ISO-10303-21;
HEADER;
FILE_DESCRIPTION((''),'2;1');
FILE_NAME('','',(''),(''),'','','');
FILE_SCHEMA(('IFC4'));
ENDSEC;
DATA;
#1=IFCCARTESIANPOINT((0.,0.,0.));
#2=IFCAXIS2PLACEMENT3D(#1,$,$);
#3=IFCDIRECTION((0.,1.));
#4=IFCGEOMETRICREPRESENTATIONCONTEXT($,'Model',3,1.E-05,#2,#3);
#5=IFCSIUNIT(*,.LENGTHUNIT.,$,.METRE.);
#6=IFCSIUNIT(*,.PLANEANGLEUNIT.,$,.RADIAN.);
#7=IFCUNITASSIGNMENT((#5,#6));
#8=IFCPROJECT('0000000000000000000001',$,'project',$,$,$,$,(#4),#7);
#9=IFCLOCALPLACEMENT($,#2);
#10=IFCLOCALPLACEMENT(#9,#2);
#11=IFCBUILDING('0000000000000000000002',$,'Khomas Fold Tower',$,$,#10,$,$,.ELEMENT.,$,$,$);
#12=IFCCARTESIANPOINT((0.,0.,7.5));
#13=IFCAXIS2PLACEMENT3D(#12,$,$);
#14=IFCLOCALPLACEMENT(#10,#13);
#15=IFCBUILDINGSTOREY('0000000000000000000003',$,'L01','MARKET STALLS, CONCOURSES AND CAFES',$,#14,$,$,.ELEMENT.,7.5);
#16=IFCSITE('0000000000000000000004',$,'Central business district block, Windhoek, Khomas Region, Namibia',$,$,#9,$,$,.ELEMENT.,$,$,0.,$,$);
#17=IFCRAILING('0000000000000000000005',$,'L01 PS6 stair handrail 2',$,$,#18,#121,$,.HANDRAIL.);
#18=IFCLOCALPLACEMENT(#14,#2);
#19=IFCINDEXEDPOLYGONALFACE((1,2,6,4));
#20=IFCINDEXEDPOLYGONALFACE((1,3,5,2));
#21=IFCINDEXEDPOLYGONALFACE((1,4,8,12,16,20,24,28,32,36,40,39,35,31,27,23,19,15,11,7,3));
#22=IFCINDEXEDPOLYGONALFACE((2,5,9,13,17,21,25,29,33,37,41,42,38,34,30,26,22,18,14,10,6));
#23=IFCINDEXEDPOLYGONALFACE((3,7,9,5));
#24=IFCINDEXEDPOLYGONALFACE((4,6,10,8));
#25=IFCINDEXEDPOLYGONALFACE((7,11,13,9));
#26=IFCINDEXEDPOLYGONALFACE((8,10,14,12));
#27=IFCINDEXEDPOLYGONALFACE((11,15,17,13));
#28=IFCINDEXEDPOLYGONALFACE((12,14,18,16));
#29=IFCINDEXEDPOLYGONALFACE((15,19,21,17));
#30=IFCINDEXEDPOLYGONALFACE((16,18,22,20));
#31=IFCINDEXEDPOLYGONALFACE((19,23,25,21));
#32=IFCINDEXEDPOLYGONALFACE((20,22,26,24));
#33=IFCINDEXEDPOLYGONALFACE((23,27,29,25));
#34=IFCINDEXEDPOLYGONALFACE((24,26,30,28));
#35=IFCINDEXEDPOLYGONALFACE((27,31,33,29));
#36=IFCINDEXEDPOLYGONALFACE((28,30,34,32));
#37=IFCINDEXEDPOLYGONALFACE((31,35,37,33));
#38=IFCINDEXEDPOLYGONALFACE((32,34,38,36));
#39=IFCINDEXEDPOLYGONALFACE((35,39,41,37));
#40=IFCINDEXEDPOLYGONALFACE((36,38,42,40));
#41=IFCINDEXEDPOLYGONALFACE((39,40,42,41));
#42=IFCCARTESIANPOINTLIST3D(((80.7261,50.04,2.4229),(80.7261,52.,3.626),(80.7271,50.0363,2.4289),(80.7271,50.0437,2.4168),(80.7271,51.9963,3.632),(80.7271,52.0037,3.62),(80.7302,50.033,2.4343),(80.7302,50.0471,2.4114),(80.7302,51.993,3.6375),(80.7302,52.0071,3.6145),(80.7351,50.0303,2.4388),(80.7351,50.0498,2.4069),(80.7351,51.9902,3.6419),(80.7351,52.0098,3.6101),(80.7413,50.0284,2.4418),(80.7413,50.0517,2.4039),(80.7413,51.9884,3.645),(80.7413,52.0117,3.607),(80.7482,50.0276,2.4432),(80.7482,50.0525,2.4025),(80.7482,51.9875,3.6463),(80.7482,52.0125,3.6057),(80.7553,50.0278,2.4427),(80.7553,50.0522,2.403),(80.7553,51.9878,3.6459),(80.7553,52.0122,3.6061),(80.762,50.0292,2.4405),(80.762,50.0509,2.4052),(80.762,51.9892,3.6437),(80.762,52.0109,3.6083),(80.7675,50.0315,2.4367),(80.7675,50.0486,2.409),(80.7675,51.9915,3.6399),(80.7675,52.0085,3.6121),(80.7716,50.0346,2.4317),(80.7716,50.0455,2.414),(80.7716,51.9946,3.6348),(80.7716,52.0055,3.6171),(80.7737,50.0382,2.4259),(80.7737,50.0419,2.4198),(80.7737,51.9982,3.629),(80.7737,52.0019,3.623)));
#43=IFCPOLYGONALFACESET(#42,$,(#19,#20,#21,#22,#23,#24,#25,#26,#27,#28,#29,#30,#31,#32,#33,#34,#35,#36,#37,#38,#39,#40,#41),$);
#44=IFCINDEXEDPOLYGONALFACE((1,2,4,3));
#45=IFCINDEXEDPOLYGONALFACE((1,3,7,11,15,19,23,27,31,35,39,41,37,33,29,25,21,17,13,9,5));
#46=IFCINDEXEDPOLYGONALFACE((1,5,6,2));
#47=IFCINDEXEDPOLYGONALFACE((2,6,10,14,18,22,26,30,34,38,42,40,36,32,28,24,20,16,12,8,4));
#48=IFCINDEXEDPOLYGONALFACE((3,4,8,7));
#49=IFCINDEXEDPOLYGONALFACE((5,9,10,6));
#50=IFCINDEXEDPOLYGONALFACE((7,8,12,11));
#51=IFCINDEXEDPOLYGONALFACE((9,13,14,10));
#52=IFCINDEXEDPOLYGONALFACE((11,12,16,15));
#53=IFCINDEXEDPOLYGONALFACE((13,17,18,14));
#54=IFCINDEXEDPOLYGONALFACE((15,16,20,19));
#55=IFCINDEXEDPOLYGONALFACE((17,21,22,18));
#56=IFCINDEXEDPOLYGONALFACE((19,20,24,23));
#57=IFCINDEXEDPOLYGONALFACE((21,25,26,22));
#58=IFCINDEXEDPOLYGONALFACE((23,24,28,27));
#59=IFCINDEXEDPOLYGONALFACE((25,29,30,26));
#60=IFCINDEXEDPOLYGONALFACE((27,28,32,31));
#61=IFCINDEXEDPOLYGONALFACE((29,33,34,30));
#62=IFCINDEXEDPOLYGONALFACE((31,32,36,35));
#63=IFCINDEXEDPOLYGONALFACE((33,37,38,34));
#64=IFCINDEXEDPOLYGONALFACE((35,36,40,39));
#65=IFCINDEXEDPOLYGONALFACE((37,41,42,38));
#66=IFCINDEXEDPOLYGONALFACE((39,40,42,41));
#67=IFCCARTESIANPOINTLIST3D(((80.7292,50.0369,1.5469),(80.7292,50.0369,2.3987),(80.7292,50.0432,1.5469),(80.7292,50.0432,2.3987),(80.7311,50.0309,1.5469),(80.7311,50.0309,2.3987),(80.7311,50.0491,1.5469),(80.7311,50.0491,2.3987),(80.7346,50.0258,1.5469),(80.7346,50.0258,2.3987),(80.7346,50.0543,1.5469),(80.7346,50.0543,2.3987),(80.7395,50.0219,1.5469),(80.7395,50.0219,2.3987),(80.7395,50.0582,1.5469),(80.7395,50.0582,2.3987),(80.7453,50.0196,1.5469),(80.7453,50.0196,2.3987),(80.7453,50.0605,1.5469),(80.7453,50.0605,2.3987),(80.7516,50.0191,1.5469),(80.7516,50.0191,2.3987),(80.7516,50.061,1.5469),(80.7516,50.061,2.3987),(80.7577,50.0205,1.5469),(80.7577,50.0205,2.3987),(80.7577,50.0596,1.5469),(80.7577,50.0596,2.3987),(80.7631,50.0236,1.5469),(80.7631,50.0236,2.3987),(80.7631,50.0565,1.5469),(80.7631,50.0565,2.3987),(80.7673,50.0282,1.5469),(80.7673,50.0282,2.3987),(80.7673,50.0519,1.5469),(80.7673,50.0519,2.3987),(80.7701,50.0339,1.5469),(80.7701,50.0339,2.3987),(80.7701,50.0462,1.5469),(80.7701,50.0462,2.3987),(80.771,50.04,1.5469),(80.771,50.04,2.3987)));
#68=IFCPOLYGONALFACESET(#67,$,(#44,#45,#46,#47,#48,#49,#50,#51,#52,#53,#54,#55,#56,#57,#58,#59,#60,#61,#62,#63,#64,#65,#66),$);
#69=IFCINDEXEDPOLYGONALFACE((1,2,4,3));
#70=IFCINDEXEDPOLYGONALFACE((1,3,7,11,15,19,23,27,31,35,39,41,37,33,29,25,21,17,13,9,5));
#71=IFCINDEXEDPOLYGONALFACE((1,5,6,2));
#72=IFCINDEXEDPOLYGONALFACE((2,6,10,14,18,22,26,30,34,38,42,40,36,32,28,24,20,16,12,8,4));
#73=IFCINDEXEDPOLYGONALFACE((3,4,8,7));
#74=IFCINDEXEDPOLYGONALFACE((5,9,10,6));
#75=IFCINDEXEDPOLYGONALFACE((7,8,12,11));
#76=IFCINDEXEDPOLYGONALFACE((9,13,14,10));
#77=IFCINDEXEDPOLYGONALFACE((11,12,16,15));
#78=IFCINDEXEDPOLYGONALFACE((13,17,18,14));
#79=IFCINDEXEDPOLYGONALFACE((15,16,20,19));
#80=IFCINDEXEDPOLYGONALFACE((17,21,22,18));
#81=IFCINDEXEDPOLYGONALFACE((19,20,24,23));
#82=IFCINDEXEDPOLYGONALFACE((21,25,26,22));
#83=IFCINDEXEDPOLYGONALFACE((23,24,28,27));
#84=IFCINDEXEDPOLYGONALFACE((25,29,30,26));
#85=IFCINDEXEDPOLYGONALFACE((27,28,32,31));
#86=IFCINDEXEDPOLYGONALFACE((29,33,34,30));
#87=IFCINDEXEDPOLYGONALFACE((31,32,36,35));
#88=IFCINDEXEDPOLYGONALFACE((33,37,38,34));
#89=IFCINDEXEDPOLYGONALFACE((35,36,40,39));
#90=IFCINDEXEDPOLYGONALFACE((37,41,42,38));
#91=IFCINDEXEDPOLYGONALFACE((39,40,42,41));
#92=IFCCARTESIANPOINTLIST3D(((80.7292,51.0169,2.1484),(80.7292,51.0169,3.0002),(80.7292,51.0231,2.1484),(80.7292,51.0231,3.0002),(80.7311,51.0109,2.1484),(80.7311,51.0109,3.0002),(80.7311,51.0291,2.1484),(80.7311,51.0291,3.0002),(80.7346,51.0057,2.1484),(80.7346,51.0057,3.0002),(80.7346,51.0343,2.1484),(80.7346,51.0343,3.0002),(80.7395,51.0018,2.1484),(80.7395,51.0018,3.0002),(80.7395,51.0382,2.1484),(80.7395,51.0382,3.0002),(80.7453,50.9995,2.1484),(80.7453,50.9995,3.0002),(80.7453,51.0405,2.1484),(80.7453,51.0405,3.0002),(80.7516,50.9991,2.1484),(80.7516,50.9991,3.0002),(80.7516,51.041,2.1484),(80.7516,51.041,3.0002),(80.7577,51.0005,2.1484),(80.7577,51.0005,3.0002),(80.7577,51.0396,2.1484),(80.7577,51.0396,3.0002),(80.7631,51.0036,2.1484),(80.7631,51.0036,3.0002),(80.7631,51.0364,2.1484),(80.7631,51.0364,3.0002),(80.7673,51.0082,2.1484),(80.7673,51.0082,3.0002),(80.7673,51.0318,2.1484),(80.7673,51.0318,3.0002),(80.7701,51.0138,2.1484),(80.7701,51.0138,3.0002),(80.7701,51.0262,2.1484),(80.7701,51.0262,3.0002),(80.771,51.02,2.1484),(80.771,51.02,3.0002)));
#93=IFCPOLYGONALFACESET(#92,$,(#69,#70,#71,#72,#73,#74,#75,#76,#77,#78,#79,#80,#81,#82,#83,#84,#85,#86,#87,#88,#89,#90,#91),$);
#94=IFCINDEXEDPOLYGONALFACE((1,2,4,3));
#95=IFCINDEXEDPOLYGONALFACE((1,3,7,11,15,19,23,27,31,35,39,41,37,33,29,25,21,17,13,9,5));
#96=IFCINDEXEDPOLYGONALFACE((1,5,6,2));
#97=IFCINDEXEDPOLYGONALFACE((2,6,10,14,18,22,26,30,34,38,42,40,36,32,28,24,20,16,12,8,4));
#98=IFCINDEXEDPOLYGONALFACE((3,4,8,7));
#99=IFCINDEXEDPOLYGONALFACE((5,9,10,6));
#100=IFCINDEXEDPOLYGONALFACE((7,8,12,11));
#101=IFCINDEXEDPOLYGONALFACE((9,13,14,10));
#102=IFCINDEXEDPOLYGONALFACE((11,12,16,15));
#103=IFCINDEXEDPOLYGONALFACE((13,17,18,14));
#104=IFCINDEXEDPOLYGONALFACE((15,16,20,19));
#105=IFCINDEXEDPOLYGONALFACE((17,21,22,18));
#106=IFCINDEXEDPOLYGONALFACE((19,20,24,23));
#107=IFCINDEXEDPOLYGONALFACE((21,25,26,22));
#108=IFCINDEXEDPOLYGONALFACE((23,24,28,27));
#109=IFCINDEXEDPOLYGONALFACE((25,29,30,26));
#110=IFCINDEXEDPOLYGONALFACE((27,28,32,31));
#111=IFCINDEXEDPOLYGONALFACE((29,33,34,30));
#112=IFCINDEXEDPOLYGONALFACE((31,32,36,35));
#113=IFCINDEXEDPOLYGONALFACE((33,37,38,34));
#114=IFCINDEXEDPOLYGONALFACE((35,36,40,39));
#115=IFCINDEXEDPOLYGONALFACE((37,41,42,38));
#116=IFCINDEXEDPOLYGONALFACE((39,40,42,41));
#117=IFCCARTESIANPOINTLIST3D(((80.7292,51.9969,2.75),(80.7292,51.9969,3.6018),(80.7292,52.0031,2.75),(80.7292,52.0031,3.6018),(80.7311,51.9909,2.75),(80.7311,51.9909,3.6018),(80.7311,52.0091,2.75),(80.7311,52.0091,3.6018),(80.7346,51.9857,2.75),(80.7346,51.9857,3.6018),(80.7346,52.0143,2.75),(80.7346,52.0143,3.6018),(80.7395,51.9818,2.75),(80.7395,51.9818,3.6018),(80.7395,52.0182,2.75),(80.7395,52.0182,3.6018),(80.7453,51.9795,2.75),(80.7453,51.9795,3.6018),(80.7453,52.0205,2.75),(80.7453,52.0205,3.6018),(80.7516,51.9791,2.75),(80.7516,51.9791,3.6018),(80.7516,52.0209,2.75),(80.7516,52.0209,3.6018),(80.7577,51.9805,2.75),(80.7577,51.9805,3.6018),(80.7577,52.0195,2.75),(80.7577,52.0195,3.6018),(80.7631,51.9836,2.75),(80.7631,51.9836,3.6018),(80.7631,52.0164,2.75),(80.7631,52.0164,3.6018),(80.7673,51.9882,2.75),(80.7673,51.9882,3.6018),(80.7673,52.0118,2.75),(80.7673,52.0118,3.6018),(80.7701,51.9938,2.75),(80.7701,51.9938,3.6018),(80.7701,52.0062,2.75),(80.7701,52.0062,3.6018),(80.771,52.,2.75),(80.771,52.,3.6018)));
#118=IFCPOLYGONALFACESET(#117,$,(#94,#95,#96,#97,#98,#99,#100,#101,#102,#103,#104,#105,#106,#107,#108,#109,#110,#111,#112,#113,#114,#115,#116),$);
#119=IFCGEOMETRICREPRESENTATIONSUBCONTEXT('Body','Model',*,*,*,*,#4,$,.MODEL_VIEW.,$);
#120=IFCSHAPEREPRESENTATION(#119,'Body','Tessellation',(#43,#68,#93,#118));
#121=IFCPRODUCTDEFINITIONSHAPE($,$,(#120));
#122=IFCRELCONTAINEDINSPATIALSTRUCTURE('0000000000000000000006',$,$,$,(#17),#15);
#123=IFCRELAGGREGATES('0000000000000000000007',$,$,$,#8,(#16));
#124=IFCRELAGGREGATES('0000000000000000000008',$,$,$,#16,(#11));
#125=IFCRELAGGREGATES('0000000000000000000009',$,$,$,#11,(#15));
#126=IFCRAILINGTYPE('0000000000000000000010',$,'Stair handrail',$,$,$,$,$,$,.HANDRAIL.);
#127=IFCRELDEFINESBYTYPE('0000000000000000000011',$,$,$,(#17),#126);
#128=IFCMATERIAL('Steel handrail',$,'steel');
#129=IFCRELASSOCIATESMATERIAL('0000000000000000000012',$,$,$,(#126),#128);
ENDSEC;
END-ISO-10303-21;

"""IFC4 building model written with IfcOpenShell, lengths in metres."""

from ifc_helpers import new_model, si_unit, direction, frame, origin, origin_2d, place, context, subcontext, project, spatial, circle, extrude, source, transform, mapped, material, type_object, element, save


model = new_model("IFC4")

# Units and contexts
model_context = context("Model", 3, precision=1e-05, world=origin(), true_north=direction((0.0, 1.0)))
body_context = subcontext(model_context, "Body", "Model", "MODEL_VIEW")
ifc_project = project(units=[si_unit("LENGTHUNIT", "METRE"), si_unit("PLANEANGLEUNIT", "RADIAN")], contexts=[model_context])

# Site, building, storey
site_placement = place(None, origin())
site = spatial("IfcSite", under=ifc_project, at=site_placement, Name="Central business district block, Windhoek, Khomas Region, Namibia", CompositionType="ELEMENT", RefElevation=0.0)
building_placement = place(site_placement, origin())
building = spatial("IfcBuilding", under=site, at=building_placement, Name="Khomas Fold Tower", CompositionType="ELEMENT")
storey_placement = place(building_placement, frame((0.0, 0.0, 7.5)))
storey = spatial("IfcBuildingStorey", under=building, at=storey_placement, Name="L01", Description="MARKET STALLS, CONCOURSES AND CAFES", CompositionType="ELEMENT", Elevation=7.5)

# Railing
ifc_material_1 = material(Name="Steel handrail", Category="steel")
railing_type_1 = type_object("IfcRailingType", Name="Stair handrail", PredefinedType="HANDRAIL", material=ifc_material_1)
shared_shape_1 = source(origin(), body_context, "Body", "SweptSolid", [
    extrude(circle(Radius=0.0239, at=origin_2d()), frame((0.0, 0.0, 0.876), z_axis=(0.0, 0.852241, 0.523149), x_axis=(-1.0, 0.0, 0.0)), (0.0, 0.0, 1.0), 2.2998),
    extrude(circle(Radius=0.021, at=origin_2d()), origin(), (0.0, 0.0, 1.0), 0.8518),
    extrude(circle(Radius=0.021, at=origin_2d()), frame((0.0, 0.98, 0.6016)), (0.0, 0.0, 1.0), 0.8518),
    extrude(circle(Radius=0.021, at=origin_2d()), frame((0.0, 1.96, 1.2031)), (0.0, 0.0, 1.0), 0.8518),
])
for number, where, name in (
    (1, (80.75, 50.04, 1.5469), "L01 PS6 stair handrail 2"),
):
    element("IfcRailing", number, at=place(storey_placement, frame(where)), inside=storey, type_object=railing_type_1, Name=name, PredefinedType="HANDRAIL", context=body_context, shape_type="MappedRepresentation", body=[
        mapped(shared_shape_1, transform((0.0, 0.0, 0.0))),
    ])

save(model, "model.ifc")
